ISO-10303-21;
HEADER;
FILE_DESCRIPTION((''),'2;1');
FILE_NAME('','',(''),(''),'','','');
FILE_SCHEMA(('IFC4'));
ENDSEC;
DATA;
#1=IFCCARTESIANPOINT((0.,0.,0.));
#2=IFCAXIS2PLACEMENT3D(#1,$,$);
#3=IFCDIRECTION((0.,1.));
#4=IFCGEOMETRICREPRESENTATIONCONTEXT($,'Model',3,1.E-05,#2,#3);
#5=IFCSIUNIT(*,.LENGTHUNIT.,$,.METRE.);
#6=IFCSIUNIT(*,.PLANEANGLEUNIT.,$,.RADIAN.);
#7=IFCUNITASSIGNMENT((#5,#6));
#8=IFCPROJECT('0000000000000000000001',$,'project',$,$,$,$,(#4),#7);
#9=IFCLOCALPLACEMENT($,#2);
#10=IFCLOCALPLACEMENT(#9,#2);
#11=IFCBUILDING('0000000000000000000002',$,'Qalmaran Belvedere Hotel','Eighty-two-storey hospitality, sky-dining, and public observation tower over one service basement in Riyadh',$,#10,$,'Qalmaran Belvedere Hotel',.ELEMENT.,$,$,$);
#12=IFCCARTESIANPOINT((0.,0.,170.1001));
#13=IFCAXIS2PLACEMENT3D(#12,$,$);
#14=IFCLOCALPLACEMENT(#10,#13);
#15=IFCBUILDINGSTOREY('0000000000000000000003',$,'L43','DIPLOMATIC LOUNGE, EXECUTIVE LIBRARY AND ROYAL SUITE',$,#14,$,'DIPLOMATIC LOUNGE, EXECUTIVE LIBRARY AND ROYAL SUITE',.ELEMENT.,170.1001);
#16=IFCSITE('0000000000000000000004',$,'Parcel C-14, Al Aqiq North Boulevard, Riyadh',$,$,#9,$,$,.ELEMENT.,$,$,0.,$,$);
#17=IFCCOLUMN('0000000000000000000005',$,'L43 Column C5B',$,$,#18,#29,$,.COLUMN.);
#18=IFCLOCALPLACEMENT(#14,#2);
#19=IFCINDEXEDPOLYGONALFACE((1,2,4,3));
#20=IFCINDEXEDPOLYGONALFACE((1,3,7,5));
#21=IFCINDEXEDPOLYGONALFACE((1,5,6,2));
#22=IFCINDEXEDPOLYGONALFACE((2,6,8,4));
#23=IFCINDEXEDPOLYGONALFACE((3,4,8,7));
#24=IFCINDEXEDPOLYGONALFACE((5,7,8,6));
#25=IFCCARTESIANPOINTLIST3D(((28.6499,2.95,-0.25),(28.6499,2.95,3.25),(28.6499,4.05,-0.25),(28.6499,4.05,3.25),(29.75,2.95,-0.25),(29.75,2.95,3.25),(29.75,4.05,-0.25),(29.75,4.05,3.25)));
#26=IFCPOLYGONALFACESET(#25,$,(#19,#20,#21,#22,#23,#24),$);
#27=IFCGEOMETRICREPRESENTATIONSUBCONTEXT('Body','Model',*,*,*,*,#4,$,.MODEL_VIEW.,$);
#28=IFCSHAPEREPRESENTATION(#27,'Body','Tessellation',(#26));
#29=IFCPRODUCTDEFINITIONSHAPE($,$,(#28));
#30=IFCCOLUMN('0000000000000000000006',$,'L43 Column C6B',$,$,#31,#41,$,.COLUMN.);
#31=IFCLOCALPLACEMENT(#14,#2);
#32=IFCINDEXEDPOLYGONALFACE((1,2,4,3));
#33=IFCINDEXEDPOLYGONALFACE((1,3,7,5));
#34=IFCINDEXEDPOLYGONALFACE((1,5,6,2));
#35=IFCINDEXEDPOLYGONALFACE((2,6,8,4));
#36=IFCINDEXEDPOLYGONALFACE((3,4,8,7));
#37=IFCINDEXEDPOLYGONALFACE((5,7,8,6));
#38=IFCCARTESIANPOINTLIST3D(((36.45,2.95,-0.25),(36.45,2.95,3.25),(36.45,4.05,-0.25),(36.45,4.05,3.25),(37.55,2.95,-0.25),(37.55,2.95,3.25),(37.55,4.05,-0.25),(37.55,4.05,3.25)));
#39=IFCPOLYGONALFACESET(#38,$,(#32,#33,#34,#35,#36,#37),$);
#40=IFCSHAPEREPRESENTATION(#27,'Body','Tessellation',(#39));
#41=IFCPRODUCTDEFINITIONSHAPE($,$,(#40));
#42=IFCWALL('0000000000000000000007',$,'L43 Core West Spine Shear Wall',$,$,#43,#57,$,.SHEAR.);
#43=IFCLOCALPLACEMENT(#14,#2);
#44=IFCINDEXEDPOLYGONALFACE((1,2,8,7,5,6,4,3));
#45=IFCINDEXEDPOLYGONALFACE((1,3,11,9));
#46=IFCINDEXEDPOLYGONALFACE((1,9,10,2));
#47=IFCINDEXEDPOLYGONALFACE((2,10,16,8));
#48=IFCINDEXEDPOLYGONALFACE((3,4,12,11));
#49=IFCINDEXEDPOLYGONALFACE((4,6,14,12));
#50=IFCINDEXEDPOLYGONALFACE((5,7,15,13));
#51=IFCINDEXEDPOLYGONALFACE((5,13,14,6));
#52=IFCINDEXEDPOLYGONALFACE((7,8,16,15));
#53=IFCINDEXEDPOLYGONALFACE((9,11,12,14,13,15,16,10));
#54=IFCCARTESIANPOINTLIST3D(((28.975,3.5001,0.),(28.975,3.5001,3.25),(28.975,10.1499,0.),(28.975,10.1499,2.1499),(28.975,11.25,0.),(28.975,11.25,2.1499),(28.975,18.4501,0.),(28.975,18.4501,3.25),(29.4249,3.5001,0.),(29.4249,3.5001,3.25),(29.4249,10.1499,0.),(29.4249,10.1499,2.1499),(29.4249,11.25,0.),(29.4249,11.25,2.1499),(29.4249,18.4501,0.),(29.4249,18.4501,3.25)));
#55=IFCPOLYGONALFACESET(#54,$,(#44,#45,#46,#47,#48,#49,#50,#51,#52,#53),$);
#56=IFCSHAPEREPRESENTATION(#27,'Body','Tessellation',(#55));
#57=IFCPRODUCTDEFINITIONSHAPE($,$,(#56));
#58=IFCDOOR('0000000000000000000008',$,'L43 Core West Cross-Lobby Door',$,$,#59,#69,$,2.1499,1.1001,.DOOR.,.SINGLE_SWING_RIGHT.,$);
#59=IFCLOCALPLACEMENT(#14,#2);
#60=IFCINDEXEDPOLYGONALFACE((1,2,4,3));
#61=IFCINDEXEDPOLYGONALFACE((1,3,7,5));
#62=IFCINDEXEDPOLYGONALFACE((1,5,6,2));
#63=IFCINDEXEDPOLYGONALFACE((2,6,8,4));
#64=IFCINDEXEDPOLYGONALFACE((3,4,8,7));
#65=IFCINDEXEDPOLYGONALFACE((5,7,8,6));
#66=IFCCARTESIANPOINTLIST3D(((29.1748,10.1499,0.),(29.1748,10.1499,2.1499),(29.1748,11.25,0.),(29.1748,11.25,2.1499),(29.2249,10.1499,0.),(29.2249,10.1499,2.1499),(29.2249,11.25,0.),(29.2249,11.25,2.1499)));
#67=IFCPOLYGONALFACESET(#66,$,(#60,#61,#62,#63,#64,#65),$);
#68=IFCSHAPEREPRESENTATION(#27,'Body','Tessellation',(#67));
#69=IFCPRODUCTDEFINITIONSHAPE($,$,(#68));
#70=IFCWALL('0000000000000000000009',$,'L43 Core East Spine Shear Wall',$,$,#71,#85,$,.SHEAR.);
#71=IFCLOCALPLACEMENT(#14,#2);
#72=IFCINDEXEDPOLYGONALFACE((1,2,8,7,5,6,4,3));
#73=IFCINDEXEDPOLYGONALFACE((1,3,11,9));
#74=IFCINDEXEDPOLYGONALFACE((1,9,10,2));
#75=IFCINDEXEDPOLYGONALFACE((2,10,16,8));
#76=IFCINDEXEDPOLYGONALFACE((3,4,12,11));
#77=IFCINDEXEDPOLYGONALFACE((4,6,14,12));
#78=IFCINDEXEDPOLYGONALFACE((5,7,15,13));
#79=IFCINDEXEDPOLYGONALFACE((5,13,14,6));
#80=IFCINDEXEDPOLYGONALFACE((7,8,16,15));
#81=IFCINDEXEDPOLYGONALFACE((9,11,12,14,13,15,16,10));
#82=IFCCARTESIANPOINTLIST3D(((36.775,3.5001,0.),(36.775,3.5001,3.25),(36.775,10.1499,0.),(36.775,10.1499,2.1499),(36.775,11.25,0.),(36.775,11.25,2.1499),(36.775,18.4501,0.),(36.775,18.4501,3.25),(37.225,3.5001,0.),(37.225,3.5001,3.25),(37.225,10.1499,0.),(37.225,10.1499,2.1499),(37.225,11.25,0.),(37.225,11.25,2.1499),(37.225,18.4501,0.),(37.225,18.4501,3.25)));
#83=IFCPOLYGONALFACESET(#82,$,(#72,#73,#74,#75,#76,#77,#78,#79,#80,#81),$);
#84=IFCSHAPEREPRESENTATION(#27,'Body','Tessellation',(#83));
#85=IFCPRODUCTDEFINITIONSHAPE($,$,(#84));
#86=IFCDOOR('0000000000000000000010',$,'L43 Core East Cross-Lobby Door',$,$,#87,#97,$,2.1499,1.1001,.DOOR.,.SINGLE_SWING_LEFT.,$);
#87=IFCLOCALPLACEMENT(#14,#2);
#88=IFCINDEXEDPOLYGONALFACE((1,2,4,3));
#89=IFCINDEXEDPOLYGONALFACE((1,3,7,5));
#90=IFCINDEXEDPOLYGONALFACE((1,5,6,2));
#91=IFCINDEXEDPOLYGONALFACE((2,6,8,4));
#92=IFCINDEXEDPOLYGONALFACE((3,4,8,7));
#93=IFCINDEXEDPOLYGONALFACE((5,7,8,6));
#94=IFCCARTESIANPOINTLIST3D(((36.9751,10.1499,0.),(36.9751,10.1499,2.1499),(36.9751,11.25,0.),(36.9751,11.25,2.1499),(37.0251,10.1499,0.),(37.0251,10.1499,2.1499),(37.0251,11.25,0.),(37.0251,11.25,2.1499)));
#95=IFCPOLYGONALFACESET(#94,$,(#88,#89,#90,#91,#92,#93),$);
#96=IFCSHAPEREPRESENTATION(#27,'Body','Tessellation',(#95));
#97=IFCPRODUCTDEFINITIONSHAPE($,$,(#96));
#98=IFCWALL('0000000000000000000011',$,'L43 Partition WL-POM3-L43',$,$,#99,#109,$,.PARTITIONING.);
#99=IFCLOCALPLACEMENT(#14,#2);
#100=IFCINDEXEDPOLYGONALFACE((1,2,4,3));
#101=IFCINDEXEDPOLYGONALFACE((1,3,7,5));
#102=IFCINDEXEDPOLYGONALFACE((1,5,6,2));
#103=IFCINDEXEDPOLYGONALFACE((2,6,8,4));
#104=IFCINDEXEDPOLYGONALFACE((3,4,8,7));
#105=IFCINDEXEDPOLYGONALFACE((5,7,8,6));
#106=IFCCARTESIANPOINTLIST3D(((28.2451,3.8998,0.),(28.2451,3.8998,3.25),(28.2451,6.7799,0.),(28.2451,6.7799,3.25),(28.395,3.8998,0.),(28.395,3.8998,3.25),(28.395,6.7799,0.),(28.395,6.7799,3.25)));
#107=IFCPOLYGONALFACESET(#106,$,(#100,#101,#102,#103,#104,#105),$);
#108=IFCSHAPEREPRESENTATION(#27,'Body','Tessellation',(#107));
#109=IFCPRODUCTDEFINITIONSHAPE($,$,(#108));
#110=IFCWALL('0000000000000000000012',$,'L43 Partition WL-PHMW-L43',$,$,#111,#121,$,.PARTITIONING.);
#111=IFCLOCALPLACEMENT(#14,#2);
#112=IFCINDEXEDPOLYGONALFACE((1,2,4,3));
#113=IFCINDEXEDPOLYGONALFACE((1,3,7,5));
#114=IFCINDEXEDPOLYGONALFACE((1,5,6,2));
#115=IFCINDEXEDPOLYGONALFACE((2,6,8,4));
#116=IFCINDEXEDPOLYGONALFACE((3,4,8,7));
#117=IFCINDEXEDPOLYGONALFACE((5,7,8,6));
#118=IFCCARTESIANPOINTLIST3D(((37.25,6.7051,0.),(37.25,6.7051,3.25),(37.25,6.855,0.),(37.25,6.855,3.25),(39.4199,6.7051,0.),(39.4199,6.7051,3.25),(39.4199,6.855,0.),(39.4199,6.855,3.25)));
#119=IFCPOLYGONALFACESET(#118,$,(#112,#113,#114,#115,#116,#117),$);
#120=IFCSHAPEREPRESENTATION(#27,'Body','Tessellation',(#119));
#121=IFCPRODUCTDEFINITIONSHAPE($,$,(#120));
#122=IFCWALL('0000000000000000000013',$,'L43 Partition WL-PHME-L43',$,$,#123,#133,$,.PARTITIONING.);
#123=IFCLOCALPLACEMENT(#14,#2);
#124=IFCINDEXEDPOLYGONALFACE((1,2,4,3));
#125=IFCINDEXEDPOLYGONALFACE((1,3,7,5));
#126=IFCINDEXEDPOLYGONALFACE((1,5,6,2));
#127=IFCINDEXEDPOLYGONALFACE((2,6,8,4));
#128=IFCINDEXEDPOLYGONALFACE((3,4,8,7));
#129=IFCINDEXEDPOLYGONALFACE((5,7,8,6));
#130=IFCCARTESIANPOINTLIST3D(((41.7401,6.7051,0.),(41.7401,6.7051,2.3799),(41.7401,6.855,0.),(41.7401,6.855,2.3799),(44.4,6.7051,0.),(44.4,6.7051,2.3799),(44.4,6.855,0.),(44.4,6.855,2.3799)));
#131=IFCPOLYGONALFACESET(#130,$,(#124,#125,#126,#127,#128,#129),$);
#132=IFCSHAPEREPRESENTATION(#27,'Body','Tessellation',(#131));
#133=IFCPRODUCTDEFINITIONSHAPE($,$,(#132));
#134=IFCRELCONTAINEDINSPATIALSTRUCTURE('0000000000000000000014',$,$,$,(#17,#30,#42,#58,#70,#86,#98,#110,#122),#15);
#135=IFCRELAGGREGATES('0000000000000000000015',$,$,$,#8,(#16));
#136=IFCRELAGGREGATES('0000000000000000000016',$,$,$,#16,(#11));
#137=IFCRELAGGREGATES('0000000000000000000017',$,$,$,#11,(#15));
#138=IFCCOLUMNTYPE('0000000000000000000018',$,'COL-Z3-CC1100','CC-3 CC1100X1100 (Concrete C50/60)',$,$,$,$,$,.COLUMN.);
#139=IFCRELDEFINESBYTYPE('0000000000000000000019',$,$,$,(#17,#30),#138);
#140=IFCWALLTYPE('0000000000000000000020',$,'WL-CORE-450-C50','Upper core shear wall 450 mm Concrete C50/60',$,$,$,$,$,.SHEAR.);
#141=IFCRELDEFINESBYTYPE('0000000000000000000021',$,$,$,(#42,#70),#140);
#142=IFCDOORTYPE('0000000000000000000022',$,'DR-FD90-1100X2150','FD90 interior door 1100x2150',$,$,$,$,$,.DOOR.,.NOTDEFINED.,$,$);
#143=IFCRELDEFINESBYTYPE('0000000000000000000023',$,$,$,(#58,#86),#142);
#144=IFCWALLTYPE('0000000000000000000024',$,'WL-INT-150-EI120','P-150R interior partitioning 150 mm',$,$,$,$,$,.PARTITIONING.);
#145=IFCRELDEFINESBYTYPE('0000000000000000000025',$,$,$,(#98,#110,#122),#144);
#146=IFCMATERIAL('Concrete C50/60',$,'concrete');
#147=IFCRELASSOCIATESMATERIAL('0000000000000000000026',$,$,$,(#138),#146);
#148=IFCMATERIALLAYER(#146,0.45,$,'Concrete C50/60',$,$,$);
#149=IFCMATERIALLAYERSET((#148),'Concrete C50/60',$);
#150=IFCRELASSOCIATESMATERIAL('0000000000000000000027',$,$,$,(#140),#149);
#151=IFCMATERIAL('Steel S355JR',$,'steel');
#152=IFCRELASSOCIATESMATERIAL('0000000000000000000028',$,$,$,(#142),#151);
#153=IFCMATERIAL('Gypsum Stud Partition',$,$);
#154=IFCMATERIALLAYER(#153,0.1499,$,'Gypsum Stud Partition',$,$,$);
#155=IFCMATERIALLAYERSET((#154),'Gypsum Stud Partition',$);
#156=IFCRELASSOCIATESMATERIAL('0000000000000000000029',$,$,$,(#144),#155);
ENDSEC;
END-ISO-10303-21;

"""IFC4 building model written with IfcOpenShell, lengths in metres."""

from ifc_helpers import new_model, si_unit, direction, frame, frame_2d, origin, origin_2d, place, context, subcontext, project, spatial, rectangle, extrude, material, layer, layer_set, material_profile, profile_set, type_object, element, fill, save


model = new_model("IFC4")

# Units and contexts
model_context = context("Model", 3, precision=1e-05, world=origin(), true_north=direction((0.0, 1.0)))
body_context = subcontext(model_context, "Body", "Model", "MODEL_VIEW")
ifc_project = project(units=[si_unit("LENGTHUNIT", "METRE"), si_unit("PLANEANGLEUNIT", "RADIAN")], contexts=[model_context])

# Site, building, storey
site_placement = place(None, origin())
site = spatial("IfcSite", under=ifc_project, at=site_placement, Name="Parcel C-14, Al Aqiq North Boulevard, Riyadh", CompositionType="ELEMENT", RefElevation=0.0)
building_placement = place(site_placement, origin())
building = spatial("IfcBuilding", under=site, at=building_placement, Name="Qalmaran Belvedere Hotel", Description="Eighty-two-storey hospitality, sky-dining, and public observation tower over one service basement in Riyadh", LongName="Qalmaran Belvedere Hotel", CompositionType="ELEMENT")
storey_placement = place(building_placement, frame((0.0, 0.0, 170.1001)))
storey = spatial("IfcBuildingStorey", under=building, at=storey_placement, Name="L43", Description="DIPLOMATIC LOUNGE, EXECUTIVE LIBRARY AND ROYAL SUITE", LongName="DIPLOMATIC LOUNGE, EXECUTIVE LIBRARY AND ROYAL SUITE", CompositionType="ELEMENT", Elevation=170.1001)

# Columns
ifc_material_1 = material(Name="Concrete C50/60", Category="concrete")
ifc_material_profile = material_profile(ifc_material_1, rectangle(XDim=1.1001, YDim=1.1001, at=origin_2d()), Name="CC1100X1100")
ifc_profile_set = profile_set([ifc_material_profile], Name="Concrete C50/60")
column_type = type_object("IfcColumnType", Name="COL-Z3-CC1100", Description="CC-3 CC1100X1100 (Concrete C50/60)", PredefinedType="COLUMN", material=ifc_profile_set)
for number, where, z_axis, x_axis, name in (
    (1, (29.2, 3.5, -0.25), (0.0, 0.0, 1.0), (1.0, 0.0, 0.0), "L43 Column C5B"),
    (2, (37.0, 3.5, -0.25), (0.0, 0.0, 1.0), (1.0, 0.0, 0.0), "L43 Column C6B"),
):
    element("IfcColumn", number, at=place(storey_placement, frame(where, z_axis=z_axis, x_axis=x_axis)), inside=storey, type_object=column_type, Name=name, PredefinedType="COLUMN", context=body_context, shape_type="SweptSolid", body=[
        extrude(rectangle(XDim=1.1001, YDim=1.1001, at=origin_2d()), origin(), (0.0, 0.0, 1.0), 3.5),
    ])

# Walls, openings, doors
ifc_layer_1 = layer(ifc_material_1, 0.45, Name="Concrete C50/60")
ifc_layer_set_1 = layer_set([ifc_layer_1], Name="Concrete C50/60")
wall_type_1 = type_object("IfcWallType", Name="WL-CORE-450-C50", Description="Upper core shear wall 450 mm Concrete C50/60", PredefinedType="SHEAR", material=ifc_layer_set_1)
wall_1_placement = place(storey_placement, frame((29.2, 3.5, 0.0), z_axis=(0.0, 0.0, 1.0), x_axis=(0.0, 1.0, 0.0)))
wall_1 = element("IfcWall", 3, at=wall_1_placement, inside=storey, type_object=wall_type_1, Name="L43 Core West Spine Shear Wall", PredefinedType="SHEAR", context=body_context, shape_type="SweptSolid", body=[
    extrude(rectangle(XDim=14.95, YDim=0.45, at=frame_2d((7.4751, 0.0))), origin(), (0.0, 0.0, 1.0), 3.25),
])
opening_1_placement = place(wall_1_placement, frame((7.75, 0.0, 0.0), z_axis=(0.0, 0.0, 1.0), x_axis=(-1.0, 0.0, 0.0)))
opening_1 = element("IfcOpeningElement", 4, at=opening_1_placement, cuts=wall_1, PredefinedType="OPENING", context=body_context, shape_type="SweptSolid", body=[
    extrude(rectangle(XDim=1.1001, YDim=2.1499, at=frame_2d((0.55, 1.075))), frame((0.0, 0.2349, 0.0), z_axis=(0.0, -1.0, 0.0), x_axis=(1.0, 0.0, 0.0)), (0.0, 0.0, 1.0), 0.47),
])
ifc_material_2 = material(Name="Steel S355JR", Category="steel")
door_type_1 = type_object("IfcDoorType", Name="DR-FD90-1100X2150", Description="FD90 interior door 1100x2150", OperationType="NOTDEFINED", PredefinedType="DOOR", material=ifc_material_2)
door_1_placement = place(opening_1_placement, origin())
door_1 = element("IfcDoor", 5, at=door_1_placement, inside=storey, type_object=door_type_1, Name="L43 Core West Cross-Lobby Door", OperationType="SINGLE_SWING_RIGHT", OverallHeight=2.1499, OverallWidth=1.1001, PredefinedType="DOOR", context=body_context, shape_type="SweptSolid", body=[
    extrude(rectangle(XDim=1.1001, YDim=2.1499, at=frame_2d((0.55, 1.075))), frame((0.0, 0.0249, 0.0), z_axis=(0.0, -1.0, 0.0), x_axis=(1.0, 0.0, 0.0)), (0.0, 0.0, 1.0), 0.05),
])
fill(opening_1, door_1)
wall_2_placement = place(storey_placement, frame((37.0, 3.5, 0.0), z_axis=(0.0, 0.0, 1.0), x_axis=(0.0, 1.0, 0.0)))
wall_2 = element("IfcWall", 6, at=wall_2_placement, inside=storey, type_object=wall_type_1, Name="L43 Core East Spine Shear Wall", PredefinedType="SHEAR", context=body_context, shape_type="SweptSolid", body=[
    extrude(rectangle(XDim=14.95, YDim=0.45, at=frame_2d((7.4751, 0.0))), origin(), (0.0, 0.0, 1.0), 3.25),
])
opening_2_placement = place(wall_2_placement, frame((6.6499, 0.0, 0.0)))
opening_2 = element("IfcOpeningElement", 7, at=opening_2_placement, cuts=wall_2, PredefinedType="OPENING", context=body_context, shape_type="SweptSolid", body=[
    extrude(rectangle(XDim=1.1001, YDim=2.1499, at=frame_2d((0.55, 1.075))), frame((0.0, 0.2349, 0.0), z_axis=(0.0, -1.0, 0.0), x_axis=(1.0, 0.0, 0.0)), (0.0, 0.0, 1.0), 0.47),
])
door_2_placement = place(opening_2_placement, origin())
door_2 = element("IfcDoor", 8, at=door_2_placement, inside=storey, type_object=door_type_1, Name="L43 Core East Cross-Lobby Door", OperationType="SINGLE_SWING_LEFT", OverallHeight=2.1499, OverallWidth=1.1001, PredefinedType="DOOR", context=body_context, shape_type="SweptSolid", body=[
    extrude(rectangle(XDim=1.1001, YDim=2.1499, at=frame_2d((0.55, 1.075))), frame((0.0, 0.0249, 0.0), z_axis=(0.0, -1.0, 0.0), x_axis=(1.0, 0.0, 0.0)), (0.0, 0.0, 1.0), 0.05),
])
fill(opening_2, door_2)

# Walls
ifc_material_3 = material(Name="Gypsum Stud Partition")
ifc_layer_2 = layer(ifc_material_3, 0.1499, Name="Gypsum Stud Partition")
ifc_layer_set_2 = layer_set([ifc_layer_2], Name="Gypsum Stud Partition")
wall_type_2 = type_object("IfcWallType", Name="WL-INT-150-EI120", Description="P-150R interior partitioning 150 mm", PredefinedType="PARTITIONING", material=ifc_layer_set_2)
wall_3_placement = place(storey_placement, frame((28.3201, 3.8999, 0.0), z_axis=(0.0, 0.0, 1.0), x_axis=(0.0, 1.0, 0.0)))
element("IfcWall", 9, at=wall_3_placement, inside=storey, type_object=wall_type_2, Name="L43 Partition WL-POM3-L43", PredefinedType="PARTITIONING", context=body_context, shape_type="SweptSolid", body=[
    extrude(rectangle(XDim=2.8801, YDim=0.1499, at=frame_2d((1.4399, 0.0))), origin(), (0.0, 0.0, 1.0), 3.25),
])
wall_4_placement = place(storey_placement, frame((37.25, 6.78, 0.0), z_axis=(0.0, 0.0, 1.0), x_axis=(1.0, 0.0, 0.0)))
element("IfcWall", 10, at=wall_4_placement, inside=storey, type_object=wall_type_2, Name="L43 Partition WL-PHMW-L43", PredefinedType="PARTITIONING", context=body_context, shape_type="SweptSolid", body=[
    extrude(rectangle(XDim=2.1699, YDim=0.1499, at=frame_2d((1.085, 0.0))), origin(), (0.0, 0.0, 1.0), 3.25),
])
wall_5_placement = place(storey_placement, frame((41.74, 6.78, 0.0), z_axis=(0.0, 0.0, 1.0), x_axis=(1.0, 0.0, 0.0)))
element("IfcWall", 11, at=wall_5_placement, inside=storey, type_object=wall_type_2, Name="L43 Partition WL-PHME-L43", PredefinedType="PARTITIONING", context=body_context, shape_type="SweptSolid", body=[
    extrude(rectangle(XDim=2.6599, YDim=0.1499, at=frame_2d((1.3301, 0.0))), origin(), (0.0, 0.0, 1.0), 2.3799),
])

save(model, "model.ifc")
